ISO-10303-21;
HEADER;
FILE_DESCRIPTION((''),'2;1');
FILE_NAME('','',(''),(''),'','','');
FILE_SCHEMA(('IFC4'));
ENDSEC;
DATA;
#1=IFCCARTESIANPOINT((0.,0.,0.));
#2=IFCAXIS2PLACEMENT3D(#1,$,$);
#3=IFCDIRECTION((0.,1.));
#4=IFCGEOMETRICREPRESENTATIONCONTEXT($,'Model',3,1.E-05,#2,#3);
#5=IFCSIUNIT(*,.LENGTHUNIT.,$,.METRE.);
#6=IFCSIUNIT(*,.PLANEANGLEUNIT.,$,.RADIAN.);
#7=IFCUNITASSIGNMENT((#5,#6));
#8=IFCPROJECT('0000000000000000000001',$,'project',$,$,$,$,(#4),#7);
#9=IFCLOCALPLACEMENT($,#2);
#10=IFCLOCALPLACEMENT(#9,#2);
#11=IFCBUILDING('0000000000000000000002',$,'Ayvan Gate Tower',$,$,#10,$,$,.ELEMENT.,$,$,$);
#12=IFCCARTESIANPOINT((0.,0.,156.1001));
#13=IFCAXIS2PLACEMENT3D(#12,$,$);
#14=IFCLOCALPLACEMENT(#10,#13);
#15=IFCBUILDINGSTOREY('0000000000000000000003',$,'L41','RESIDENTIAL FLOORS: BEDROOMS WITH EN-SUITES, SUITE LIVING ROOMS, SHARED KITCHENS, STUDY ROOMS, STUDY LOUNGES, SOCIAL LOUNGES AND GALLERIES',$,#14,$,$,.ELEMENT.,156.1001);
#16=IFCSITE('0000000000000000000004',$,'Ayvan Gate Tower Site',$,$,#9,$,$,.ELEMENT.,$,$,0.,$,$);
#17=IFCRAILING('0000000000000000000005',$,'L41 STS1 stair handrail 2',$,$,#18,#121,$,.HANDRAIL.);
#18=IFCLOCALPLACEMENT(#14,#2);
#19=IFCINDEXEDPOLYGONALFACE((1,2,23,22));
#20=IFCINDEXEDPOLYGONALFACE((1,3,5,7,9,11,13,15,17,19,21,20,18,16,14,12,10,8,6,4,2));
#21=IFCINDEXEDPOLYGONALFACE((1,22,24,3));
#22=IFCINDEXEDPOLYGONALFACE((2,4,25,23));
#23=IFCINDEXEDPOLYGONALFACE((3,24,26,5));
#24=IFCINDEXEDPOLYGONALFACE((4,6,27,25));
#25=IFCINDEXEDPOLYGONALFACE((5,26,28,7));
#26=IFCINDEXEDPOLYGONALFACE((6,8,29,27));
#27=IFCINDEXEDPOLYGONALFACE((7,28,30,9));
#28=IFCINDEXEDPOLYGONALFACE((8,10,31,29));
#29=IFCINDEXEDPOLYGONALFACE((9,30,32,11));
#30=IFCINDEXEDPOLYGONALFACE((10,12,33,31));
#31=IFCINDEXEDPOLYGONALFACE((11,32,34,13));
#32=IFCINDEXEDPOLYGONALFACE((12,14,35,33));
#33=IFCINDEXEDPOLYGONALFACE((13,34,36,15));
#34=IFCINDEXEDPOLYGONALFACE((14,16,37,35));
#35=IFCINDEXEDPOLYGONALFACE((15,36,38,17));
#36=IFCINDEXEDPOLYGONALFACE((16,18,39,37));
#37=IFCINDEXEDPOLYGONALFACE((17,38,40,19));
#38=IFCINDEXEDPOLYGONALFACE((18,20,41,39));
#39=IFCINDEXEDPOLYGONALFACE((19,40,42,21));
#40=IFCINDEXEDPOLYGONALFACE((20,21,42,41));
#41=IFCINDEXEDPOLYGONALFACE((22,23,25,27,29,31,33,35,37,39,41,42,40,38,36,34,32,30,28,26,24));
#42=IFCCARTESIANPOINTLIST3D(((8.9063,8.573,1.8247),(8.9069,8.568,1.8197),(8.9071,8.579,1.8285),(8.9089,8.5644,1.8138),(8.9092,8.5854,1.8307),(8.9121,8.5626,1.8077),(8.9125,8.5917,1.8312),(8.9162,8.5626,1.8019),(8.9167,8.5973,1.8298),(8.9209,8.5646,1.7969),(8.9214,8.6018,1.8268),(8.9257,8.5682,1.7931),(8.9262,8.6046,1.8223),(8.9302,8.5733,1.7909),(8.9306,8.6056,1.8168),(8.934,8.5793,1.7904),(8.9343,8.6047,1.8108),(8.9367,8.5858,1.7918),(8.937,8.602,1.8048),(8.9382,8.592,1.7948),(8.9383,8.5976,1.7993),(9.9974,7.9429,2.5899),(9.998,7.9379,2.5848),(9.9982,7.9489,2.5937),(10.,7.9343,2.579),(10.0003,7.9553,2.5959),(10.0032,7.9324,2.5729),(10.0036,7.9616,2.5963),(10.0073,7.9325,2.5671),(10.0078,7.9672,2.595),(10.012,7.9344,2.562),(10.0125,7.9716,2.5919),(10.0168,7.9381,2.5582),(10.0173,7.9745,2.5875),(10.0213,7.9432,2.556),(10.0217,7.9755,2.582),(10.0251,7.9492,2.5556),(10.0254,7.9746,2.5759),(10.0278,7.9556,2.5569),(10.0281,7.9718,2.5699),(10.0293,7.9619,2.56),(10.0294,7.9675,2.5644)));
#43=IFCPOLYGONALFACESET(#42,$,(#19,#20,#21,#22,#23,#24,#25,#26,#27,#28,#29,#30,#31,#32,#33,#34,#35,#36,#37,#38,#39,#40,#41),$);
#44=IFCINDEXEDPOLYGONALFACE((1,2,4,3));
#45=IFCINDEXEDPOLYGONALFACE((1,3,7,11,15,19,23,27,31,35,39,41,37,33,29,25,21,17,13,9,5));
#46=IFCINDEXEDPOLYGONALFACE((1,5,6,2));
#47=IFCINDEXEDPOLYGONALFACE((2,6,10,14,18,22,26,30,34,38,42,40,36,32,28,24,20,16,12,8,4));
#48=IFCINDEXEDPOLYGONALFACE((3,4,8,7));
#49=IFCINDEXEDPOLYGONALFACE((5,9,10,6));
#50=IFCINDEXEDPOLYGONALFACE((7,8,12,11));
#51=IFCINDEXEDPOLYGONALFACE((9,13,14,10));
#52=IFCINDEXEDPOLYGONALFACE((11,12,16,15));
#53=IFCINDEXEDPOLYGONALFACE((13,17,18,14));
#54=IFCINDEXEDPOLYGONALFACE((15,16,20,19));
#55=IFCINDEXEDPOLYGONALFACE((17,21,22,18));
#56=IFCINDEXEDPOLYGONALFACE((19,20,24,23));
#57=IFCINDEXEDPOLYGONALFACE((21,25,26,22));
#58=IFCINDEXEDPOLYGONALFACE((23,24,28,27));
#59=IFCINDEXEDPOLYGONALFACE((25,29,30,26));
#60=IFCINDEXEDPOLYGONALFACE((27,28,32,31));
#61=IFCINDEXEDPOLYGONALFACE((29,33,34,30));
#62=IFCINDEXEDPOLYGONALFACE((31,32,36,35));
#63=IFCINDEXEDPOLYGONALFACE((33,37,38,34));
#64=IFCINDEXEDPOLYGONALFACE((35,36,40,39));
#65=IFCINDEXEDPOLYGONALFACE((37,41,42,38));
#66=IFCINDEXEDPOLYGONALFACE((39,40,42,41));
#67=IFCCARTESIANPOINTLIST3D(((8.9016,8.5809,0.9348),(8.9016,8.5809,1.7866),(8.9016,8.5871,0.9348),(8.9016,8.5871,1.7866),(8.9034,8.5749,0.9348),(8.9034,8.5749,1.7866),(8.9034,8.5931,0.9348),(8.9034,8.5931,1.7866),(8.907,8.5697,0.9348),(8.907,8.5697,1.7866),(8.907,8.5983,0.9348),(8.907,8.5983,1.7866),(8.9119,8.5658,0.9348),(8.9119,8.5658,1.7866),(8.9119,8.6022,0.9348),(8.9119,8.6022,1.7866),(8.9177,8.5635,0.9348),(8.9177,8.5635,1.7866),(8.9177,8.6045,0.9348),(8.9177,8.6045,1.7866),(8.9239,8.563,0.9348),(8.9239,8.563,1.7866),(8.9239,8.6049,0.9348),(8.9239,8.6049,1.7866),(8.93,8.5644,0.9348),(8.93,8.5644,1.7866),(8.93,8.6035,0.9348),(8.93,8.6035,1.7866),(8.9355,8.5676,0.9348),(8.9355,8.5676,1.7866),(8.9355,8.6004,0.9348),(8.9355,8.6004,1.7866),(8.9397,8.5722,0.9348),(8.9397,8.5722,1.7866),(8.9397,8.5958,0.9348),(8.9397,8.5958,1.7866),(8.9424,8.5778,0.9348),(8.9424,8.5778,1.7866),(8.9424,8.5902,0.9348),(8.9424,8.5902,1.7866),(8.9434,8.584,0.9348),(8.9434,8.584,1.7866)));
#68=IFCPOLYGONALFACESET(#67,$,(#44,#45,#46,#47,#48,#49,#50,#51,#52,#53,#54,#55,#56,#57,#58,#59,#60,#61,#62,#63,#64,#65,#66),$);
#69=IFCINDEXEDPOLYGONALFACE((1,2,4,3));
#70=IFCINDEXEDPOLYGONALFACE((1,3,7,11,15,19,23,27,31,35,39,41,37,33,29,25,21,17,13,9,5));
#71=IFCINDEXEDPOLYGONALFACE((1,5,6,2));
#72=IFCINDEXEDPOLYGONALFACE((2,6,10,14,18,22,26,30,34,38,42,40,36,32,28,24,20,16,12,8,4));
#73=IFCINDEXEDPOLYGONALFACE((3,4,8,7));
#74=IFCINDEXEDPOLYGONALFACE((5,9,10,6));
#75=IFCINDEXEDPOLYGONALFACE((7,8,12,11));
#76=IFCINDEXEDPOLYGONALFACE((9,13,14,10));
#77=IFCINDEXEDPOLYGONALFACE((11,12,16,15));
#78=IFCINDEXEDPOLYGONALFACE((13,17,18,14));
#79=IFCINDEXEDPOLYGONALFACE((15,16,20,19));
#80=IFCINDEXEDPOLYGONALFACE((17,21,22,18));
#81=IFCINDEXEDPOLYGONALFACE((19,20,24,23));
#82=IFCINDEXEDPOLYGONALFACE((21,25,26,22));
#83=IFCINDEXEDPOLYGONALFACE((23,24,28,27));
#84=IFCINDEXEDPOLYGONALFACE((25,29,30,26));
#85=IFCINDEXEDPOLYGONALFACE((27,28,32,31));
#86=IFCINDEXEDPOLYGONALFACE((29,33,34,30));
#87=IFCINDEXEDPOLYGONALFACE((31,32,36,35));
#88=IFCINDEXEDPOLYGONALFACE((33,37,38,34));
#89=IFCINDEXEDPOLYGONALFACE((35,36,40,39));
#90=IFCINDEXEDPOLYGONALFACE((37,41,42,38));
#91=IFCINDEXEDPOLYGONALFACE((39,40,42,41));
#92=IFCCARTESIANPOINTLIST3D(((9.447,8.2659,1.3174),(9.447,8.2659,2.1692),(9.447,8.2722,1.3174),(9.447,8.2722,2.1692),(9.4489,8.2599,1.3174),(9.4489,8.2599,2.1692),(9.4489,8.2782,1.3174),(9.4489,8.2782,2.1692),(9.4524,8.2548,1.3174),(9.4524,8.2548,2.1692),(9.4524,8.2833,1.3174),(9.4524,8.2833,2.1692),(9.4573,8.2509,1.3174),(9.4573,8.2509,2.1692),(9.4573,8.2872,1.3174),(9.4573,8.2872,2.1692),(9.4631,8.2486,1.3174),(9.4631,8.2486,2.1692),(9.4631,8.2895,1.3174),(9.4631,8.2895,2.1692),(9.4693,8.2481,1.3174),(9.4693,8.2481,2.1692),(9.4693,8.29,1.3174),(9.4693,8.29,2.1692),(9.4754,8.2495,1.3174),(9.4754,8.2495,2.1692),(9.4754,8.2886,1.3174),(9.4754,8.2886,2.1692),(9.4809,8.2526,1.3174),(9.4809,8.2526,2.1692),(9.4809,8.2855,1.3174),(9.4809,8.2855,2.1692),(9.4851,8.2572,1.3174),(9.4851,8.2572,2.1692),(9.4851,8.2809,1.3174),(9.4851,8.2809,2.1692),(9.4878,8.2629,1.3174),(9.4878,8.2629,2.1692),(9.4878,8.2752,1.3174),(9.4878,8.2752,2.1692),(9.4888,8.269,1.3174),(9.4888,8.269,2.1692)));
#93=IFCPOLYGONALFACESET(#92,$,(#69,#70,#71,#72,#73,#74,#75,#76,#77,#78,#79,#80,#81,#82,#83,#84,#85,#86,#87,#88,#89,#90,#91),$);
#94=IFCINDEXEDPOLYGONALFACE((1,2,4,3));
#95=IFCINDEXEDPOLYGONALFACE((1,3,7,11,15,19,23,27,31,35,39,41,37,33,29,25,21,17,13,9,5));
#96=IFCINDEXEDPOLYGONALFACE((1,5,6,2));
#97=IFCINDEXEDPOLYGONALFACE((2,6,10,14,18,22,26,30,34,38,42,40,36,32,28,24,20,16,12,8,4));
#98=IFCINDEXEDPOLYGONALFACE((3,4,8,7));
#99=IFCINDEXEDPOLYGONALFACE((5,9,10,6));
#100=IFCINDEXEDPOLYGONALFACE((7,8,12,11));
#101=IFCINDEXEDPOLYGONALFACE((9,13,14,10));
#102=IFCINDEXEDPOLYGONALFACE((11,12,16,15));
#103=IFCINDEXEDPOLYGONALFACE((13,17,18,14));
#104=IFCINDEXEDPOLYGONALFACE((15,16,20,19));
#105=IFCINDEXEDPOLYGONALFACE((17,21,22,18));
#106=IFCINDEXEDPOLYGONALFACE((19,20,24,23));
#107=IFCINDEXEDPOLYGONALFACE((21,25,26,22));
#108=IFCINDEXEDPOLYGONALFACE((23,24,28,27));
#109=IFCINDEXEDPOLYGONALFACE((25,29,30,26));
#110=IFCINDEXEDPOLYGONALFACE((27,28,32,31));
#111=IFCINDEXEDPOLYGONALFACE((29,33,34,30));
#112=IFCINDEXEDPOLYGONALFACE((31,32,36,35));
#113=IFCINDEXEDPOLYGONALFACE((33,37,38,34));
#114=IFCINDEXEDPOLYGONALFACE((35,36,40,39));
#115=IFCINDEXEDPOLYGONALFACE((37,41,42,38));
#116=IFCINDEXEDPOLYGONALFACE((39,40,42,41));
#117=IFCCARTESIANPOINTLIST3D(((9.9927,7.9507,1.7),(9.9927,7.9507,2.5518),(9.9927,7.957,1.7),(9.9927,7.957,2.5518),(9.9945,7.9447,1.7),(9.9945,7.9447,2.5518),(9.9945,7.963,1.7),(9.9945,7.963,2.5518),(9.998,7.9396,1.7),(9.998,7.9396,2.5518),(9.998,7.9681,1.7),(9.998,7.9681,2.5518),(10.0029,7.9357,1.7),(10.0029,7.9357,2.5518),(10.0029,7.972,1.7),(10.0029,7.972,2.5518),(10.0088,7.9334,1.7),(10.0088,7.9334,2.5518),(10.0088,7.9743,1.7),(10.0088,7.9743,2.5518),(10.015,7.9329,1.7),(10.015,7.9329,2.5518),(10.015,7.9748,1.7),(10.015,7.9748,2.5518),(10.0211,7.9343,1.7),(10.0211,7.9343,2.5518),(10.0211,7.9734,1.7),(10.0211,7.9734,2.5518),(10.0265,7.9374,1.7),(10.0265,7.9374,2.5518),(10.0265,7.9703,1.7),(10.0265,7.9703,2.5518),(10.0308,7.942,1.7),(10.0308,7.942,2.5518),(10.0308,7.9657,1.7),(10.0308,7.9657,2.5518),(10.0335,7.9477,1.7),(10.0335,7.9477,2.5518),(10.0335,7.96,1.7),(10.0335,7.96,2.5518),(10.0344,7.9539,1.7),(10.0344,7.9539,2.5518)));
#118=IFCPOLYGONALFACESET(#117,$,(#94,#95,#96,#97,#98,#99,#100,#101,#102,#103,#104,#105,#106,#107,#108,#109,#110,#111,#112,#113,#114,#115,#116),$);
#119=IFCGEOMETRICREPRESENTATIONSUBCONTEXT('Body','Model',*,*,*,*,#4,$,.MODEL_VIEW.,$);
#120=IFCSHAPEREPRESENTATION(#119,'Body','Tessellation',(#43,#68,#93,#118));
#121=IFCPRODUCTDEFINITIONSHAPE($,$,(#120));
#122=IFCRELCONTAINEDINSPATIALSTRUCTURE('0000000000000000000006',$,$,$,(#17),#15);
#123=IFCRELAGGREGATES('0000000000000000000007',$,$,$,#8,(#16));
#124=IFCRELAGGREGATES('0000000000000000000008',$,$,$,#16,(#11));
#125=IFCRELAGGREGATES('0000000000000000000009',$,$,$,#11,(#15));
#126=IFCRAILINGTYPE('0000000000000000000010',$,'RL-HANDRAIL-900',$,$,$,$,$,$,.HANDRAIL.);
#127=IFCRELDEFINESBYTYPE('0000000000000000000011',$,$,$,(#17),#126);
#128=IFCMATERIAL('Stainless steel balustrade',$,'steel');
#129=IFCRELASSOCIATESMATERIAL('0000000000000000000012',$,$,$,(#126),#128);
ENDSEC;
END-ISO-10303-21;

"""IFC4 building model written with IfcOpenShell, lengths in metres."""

from ifc_helpers import new_model, si_unit, direction, frame, origin, origin_2d, place, context, subcontext, project, spatial, circle, extrude, material, type_object, element, save


model = new_model("IFC4")

# Units and contexts
model_context = context("Model", 3, precision=1e-05, world=origin(), true_north=direction((0.0, 1.0)))
body_context = subcontext(model_context, "Body", "Model", "MODEL_VIEW")
ifc_project = project(units=[si_unit("LENGTHUNIT", "METRE"), si_unit("PLANEANGLEUNIT", "RADIAN")], contexts=[model_context])

# Site, building, storey
site_placement = place(None, origin())
site = spatial("IfcSite", under=ifc_project, at=site_placement, Name="Ayvan Gate Tower Site", CompositionType="ELEMENT", RefElevation=0.0)
building_placement = place(site_placement, origin())
building = spatial("IfcBuilding", under=site, at=building_placement, Name="Ayvan Gate Tower", CompositionType="ELEMENT")
storey_placement = place(building_placement, frame((0.0, 0.0, 156.1001)))
storey = spatial("IfcBuildingStorey", under=building, at=storey_placement, Name="L41", Description="RESIDENTIAL FLOORS: BEDROOMS WITH EN-SUITES, SUITE LIVING ROOMS, SHARED KITCHENS, STUDY ROOMS, STUDY LOUNGES, SOCIAL LOUNGES AND GALLERIES", CompositionType="ELEMENT", Elevation=156.1001)

# Railing
ifc_material_1 = material(Name="Stainless steel balustrade", Category="steel")
railing_type_1 = type_object("IfcRailingType", Name="RL-HANDRAIL-900", PredefinedType="HANDRAIL", material=ifc_material_1)
railing_1_placement = place(storey_placement, frame((8.9224, 8.584, 0.9348)))
element("IfcRailing", 1, at=railing_1_placement, inside=storey, type_object=railing_type_1, Name="L41 STS1 stair handrail 2", PredefinedType="HANDRAIL", context=body_context, shape_type="SweptSolid", body=[
    extrude(circle(Radius=0.0239, at=origin_2d()), frame((0.0, 0.0, 0.876), z_axis=(0.740166, -0.427471, 0.51906), x_axis=(0.500119, 0.865956, 0.0)), (0.0, 0.0, 1.0), 1.4741),
    extrude(circle(Radius=0.021, at=origin_2d()), origin(), (0.0, 0.0, 1.0), 0.8518),
    extrude(circle(Radius=0.021, at=origin_2d()), frame((0.5454, -0.3149, 0.3826)), (0.0, 0.0, 1.0), 0.8518),
    extrude(circle(Radius=0.021, at=origin_2d()), frame((1.0911, -0.6301, 0.7651)), (0.0, 0.0, 1.0), 0.8518),
])

save(model, "model.ifc")
